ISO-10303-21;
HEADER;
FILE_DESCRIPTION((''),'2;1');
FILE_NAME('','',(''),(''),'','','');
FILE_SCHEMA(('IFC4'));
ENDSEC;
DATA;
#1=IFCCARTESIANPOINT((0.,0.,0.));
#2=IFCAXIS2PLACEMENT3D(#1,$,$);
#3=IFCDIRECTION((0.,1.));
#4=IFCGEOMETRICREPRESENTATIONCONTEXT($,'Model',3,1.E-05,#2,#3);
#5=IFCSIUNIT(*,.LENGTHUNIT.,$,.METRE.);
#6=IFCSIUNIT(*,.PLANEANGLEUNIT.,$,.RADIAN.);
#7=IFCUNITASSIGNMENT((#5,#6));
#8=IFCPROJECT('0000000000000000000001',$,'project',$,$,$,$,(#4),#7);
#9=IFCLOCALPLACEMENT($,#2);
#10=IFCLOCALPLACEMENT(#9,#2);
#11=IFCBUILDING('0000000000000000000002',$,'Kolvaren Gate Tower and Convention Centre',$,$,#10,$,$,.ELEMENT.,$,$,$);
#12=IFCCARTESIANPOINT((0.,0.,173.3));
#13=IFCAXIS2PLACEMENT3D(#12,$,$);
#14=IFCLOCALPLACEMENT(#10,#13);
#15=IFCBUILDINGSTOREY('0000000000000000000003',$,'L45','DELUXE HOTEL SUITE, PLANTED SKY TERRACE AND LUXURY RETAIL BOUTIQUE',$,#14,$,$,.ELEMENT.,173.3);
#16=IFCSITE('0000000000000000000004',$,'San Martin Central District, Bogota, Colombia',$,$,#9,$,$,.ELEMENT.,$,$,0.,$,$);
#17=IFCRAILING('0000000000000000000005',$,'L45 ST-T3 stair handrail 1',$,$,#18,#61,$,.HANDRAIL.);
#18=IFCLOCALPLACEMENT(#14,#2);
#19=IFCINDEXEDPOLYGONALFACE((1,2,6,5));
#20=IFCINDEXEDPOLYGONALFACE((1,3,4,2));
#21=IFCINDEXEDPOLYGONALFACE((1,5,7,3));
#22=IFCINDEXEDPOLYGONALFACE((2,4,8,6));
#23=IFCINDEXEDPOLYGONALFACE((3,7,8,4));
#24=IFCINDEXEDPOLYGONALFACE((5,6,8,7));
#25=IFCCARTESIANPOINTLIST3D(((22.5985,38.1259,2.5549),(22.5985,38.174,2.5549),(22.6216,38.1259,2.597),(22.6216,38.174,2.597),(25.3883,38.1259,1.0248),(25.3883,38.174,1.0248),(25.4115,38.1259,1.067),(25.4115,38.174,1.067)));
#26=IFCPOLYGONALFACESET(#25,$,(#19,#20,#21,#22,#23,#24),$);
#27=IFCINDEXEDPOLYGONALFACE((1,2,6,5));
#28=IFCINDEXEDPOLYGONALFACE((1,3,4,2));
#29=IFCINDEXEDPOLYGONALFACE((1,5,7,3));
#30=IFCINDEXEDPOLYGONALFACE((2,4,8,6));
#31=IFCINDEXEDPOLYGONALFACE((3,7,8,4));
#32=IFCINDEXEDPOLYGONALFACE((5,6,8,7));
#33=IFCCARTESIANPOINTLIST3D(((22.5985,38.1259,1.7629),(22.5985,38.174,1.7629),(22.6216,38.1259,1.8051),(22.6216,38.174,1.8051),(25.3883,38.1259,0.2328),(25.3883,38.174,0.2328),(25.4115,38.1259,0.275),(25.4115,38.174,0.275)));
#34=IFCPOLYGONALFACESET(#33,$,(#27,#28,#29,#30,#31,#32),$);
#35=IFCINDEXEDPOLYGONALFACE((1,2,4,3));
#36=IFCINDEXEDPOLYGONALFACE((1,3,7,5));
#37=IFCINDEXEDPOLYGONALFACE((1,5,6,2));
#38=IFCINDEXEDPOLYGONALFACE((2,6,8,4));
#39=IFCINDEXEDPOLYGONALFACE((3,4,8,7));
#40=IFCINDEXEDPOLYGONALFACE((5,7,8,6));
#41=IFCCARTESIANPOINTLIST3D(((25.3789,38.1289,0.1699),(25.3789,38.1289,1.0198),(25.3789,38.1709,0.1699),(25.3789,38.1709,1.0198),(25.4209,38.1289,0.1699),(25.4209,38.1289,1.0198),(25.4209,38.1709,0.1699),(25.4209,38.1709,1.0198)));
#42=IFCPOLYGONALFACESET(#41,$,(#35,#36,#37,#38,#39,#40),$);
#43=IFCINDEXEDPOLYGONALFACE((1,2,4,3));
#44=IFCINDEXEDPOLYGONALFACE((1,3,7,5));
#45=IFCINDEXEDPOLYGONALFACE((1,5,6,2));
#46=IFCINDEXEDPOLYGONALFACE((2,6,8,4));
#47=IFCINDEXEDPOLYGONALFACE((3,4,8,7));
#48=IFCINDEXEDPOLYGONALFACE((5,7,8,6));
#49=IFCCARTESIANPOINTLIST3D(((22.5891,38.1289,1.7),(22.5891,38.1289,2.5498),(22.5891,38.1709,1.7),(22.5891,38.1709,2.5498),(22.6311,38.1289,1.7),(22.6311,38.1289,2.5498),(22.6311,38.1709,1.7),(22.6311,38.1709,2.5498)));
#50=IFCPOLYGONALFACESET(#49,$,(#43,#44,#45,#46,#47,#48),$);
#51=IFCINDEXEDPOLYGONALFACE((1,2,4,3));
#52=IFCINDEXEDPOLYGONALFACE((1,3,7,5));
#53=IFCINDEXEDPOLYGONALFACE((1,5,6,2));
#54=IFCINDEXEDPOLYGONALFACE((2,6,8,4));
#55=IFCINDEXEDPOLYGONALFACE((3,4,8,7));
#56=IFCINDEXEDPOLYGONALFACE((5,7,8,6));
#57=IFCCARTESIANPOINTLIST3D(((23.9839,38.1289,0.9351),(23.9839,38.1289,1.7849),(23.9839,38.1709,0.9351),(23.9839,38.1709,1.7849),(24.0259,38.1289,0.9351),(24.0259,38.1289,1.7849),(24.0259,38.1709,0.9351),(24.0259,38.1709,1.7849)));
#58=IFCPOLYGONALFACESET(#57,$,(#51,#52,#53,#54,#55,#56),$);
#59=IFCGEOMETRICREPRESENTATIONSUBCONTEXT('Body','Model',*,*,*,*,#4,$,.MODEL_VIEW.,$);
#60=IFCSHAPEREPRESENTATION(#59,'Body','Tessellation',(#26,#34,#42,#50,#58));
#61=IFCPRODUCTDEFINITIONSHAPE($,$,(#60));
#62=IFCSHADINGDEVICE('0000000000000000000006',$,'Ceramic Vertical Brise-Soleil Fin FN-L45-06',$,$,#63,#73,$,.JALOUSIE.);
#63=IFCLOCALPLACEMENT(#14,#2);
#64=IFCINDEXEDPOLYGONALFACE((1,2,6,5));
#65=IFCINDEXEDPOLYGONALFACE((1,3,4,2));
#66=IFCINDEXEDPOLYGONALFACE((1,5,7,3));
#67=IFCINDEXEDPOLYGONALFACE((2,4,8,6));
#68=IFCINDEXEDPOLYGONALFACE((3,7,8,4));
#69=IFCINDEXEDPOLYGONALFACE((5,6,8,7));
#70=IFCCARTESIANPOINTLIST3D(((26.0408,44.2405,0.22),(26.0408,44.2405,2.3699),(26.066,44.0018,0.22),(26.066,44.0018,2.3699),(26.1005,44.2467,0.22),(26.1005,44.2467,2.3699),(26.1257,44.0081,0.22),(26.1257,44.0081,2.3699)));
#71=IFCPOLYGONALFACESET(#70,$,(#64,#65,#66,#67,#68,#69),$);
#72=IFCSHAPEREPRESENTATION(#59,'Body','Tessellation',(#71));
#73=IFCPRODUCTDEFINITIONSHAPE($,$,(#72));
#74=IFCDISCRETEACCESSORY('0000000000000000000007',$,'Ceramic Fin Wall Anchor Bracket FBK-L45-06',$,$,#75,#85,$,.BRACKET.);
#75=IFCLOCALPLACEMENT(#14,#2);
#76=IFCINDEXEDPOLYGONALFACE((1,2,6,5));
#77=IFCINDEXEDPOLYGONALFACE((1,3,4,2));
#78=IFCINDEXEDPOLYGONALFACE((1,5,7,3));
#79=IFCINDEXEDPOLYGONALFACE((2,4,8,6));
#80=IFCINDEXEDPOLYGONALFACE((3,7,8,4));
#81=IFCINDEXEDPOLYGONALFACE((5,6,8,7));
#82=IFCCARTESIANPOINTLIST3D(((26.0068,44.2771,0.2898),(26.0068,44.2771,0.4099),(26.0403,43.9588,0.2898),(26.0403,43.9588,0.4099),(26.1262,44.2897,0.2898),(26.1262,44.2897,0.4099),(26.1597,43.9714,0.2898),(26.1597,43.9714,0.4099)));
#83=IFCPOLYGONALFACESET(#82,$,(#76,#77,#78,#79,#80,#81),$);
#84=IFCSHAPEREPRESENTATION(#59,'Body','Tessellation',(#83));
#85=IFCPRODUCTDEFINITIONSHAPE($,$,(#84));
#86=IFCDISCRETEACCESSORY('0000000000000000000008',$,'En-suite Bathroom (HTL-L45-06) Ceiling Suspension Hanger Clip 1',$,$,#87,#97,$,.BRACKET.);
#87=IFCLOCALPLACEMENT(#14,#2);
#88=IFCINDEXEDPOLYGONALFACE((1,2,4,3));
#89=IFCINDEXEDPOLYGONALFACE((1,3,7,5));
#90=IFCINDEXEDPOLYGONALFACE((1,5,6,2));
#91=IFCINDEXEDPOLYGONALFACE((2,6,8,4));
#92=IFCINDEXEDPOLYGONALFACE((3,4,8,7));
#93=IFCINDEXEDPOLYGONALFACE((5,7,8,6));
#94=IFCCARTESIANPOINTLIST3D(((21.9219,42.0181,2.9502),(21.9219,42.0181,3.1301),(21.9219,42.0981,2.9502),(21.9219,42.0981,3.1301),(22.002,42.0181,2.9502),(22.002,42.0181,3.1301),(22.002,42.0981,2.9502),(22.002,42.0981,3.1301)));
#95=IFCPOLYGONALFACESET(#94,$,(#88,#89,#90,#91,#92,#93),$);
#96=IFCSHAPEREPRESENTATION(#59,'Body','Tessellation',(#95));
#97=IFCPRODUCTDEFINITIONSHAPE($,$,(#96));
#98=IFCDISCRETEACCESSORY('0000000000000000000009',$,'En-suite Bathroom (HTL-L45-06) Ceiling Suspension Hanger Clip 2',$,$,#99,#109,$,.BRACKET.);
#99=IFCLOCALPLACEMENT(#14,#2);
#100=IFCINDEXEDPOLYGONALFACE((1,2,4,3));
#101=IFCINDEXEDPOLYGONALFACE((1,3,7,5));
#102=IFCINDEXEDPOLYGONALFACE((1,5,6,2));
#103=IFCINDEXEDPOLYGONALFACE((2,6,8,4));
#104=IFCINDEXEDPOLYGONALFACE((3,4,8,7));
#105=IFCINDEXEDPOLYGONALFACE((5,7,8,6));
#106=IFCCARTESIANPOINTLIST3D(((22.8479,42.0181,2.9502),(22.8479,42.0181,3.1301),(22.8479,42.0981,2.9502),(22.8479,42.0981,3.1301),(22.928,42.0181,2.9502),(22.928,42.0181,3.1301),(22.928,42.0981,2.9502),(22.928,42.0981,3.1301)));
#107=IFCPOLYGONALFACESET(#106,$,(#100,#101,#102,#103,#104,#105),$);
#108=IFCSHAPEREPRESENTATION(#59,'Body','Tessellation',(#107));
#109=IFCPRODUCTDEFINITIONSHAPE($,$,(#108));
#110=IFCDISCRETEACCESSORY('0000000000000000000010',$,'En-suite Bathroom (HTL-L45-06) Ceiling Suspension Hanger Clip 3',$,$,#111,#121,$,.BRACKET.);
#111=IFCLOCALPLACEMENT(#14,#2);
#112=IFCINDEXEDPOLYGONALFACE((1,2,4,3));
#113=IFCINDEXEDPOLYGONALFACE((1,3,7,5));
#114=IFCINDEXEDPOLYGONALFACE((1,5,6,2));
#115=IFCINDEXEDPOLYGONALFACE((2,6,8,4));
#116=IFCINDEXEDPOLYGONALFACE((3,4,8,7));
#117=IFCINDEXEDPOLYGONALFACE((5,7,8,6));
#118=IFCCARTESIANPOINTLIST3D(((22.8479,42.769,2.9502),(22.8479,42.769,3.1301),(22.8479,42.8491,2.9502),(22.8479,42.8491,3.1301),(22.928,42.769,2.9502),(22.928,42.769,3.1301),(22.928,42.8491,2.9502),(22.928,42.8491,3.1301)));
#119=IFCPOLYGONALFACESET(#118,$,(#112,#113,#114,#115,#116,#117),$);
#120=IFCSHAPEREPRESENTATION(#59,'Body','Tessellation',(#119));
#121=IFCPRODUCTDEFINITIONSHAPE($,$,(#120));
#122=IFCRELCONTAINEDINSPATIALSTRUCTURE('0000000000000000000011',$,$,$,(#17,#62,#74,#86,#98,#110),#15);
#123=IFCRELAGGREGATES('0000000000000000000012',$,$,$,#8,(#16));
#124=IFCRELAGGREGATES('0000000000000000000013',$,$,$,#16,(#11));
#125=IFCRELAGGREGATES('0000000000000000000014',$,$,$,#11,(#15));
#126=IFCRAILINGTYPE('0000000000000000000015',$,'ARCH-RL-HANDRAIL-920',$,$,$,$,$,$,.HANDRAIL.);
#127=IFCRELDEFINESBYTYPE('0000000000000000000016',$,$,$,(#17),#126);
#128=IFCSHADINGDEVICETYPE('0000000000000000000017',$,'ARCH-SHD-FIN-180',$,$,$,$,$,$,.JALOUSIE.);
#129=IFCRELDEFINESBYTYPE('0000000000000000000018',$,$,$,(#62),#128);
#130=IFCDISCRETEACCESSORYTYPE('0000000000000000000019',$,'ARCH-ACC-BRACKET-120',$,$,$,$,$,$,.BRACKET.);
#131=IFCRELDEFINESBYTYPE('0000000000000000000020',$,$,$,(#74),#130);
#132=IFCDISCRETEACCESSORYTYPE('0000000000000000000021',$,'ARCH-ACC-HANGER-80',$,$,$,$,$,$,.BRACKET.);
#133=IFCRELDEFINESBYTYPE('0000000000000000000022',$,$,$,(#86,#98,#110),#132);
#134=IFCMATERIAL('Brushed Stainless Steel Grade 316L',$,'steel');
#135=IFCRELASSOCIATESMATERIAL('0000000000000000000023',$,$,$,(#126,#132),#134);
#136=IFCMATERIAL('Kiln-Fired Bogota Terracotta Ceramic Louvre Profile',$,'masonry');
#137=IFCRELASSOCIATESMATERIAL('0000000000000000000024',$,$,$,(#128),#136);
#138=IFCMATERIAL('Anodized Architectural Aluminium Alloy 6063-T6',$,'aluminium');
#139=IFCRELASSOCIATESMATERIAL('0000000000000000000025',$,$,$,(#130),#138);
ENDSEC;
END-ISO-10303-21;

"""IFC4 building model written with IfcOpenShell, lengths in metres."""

from ifc_helpers import new_model, si_unit, direction, frame, origin, origin_2d, place, context, subcontext, project, spatial, rectangle, extrude, material, type_object, element, save


model = new_model("IFC4")

# Units and contexts
model_context = context("Model", 3, precision=1e-05, world=origin(), true_north=direction((0.0, 1.0)))
body_context = subcontext(model_context, "Body", "Model", "MODEL_VIEW")
ifc_project = project(units=[si_unit("LENGTHUNIT", "METRE"), si_unit("PLANEANGLEUNIT", "RADIAN")], contexts=[model_context])

# Site, building, storey
site_placement = place(None, origin())
site = spatial("IfcSite", under=ifc_project, at=site_placement, Name="San Martin Central District, Bogota, Colombia", CompositionType="ELEMENT", RefElevation=0.0)
building_placement = place(site_placement, origin())
building = spatial("IfcBuilding", under=site, at=building_placement, Name="Kolvaren Gate Tower and Convention Centre", CompositionType="ELEMENT")
storey_placement = place(building_placement, frame((0.0, 0.0, 173.3)))
storey = spatial("IfcBuildingStorey", under=building, at=storey_placement, Name="L45", Description="DELUXE HOTEL SUITE, PLANTED SKY TERRACE AND LUXURY RETAIL BOUTIQUE", CompositionType="ELEMENT", Elevation=173.3)

# Railing
ifc_material_1 = material(Name="Brushed Stainless Steel Grade 316L", Category="steel")
railing_type_1 = type_object("IfcRailingType", Name="ARCH-RL-HANDRAIL-920", PredefinedType="HANDRAIL", material=ifc_material_1)
railing_1_placement = place(storey_placement, frame((25.3999, 38.1499, 0.1699)))
element("IfcRailing", 1, at=railing_1_placement, inside=storey, type_object=railing_type_1, Name="L45 ST-T3 stair handrail 1", PredefinedType="HANDRAIL", context=body_context, shape_type="SweptSolid", body=[
    extrude(rectangle(XDim=0.0481, YDim=0.0481, at=origin_2d()), frame((0.0, 0.0, 0.876), z_axis=(-0.876794, 0.0, 0.480867), x_axis=(0.0, -1.0, 0.0)), (0.0, 0.0, 1.0), 3.1819),
    extrude(rectangle(XDim=0.0481, YDim=0.0481, at=origin_2d()), frame((0.0, 0.0, 0.084), z_axis=(-0.876794, 0.0, 0.480867), x_axis=(0.0, -1.0, 0.0)), (0.0, 0.0, 1.0), 3.1819),
    extrude(rectangle(XDim=0.042, YDim=0.042, at=origin_2d()), origin(), (0.0, 0.0, 1.0), 0.8499),
    extrude(rectangle(XDim=0.042, YDim=0.042, at=origin_2d()), frame((-2.7898, 0.0, 1.53)), (0.0, 0.0, 1.0), 0.8499),
    extrude(rectangle(XDim=0.042, YDim=0.042, at=origin_2d()), frame((-1.395, 0.0, 0.7651)), (0.0, 0.0, 1.0), 0.8499),
])

# Shading device
ifc_material_2 = material(Name="Kiln-Fired Bogota Terracotta Ceramic Louvre Profile", Category="masonry")
shading_device_type = type_object("IfcShadingDeviceType", Name="ARCH-SHD-FIN-180", PredefinedType="JALOUSIE", material=ifc_material_2)
shading_device_placement = place(storey_placement, frame((26.0833, 44.1243, 0.22), z_axis=(0.0, 0.0, 1.0), x_axis=(0.994499, 0.104744, 0.0)))
element("IfcShadingDevice", 2, at=shading_device_placement, inside=storey, type_object=shading_device_type, Name="Ceramic Vertical Brise-Soleil Fin FN-L45-06", PredefinedType="JALOUSIE", context=body_context, shape_type="SweptSolid", body=[
    extrude(rectangle(XDim=0.0601, YDim=0.24, at=origin_2d()), origin(), (0.0, 0.0, 1.0), 2.1499),
])

# Discrete accessories
ifc_material_3 = material(Name="Anodized Architectural Aluminium Alloy 6063-T6", Category="aluminium")
discrete_accessory_type_1 = type_object("IfcDiscreteAccessoryType", Name="ARCH-ACC-BRACKET-120", PredefinedType="BRACKET", material=ifc_material_3)
discrete_accessory_placement = place(storey_placement, frame((26.0833, 44.1243, 0.2898), z_axis=(0.0, 0.0, 1.0), x_axis=(0.994499, 0.104744, 0.0)))
element("IfcDiscreteAccessory", 3, at=discrete_accessory_placement, inside=storey, type_object=discrete_accessory_type_1, Name="Ceramic Fin Wall Anchor Bracket FBK-L45-06", PredefinedType="BRACKET", context=body_context, shape_type="SweptSolid", body=[
    extrude(rectangle(XDim=0.1201, YDim=0.3201, at=origin_2d()), origin(), (0.0, 0.0, 1.0), 0.1201),
])
discrete_accessory_type_2 = type_object("IfcDiscreteAccessoryType", Name="ARCH-ACC-HANGER-80", PredefinedType="BRACKET", material=ifc_material_1)
for number, where, z_axis, x_axis, name in (
    (4, (21.9619, 42.0581, 2.9502), (0.0, 0.0, 1.0), (1.0, 0.0, 0.0), "En-suite Bathroom (HTL-L45-06) Ceiling Suspension Hanger Clip 1"),
    (5, (22.8879, 42.0581, 2.9502), (0.0, 0.0, 1.0), (1.0, 0.0, 0.0), "En-suite Bathroom (HTL-L45-06) Ceiling Suspension Hanger Clip 2"),
    (6, (22.8879, 42.8091, 2.9502), (0.0, 0.0, 1.0), (1.0, 0.0, 0.0), "En-suite Bathroom (HTL-L45-06) Ceiling Suspension Hanger Clip 3"),
):
    element("IfcDiscreteAccessory", number, at=place(storey_placement, frame(where, z_axis=z_axis, x_axis=x_axis)), inside=storey, type_object=discrete_accessory_type_2, Name=name, PredefinedType="BRACKET", context=body_context, shape_type="SweptSolid", body=[
        extrude(rectangle(XDim=0.0801, YDim=0.0801, at=origin_2d()), origin(), (0.0, 0.0, 1.0), 0.1799),
    ])

save(model, "model.ifc")
